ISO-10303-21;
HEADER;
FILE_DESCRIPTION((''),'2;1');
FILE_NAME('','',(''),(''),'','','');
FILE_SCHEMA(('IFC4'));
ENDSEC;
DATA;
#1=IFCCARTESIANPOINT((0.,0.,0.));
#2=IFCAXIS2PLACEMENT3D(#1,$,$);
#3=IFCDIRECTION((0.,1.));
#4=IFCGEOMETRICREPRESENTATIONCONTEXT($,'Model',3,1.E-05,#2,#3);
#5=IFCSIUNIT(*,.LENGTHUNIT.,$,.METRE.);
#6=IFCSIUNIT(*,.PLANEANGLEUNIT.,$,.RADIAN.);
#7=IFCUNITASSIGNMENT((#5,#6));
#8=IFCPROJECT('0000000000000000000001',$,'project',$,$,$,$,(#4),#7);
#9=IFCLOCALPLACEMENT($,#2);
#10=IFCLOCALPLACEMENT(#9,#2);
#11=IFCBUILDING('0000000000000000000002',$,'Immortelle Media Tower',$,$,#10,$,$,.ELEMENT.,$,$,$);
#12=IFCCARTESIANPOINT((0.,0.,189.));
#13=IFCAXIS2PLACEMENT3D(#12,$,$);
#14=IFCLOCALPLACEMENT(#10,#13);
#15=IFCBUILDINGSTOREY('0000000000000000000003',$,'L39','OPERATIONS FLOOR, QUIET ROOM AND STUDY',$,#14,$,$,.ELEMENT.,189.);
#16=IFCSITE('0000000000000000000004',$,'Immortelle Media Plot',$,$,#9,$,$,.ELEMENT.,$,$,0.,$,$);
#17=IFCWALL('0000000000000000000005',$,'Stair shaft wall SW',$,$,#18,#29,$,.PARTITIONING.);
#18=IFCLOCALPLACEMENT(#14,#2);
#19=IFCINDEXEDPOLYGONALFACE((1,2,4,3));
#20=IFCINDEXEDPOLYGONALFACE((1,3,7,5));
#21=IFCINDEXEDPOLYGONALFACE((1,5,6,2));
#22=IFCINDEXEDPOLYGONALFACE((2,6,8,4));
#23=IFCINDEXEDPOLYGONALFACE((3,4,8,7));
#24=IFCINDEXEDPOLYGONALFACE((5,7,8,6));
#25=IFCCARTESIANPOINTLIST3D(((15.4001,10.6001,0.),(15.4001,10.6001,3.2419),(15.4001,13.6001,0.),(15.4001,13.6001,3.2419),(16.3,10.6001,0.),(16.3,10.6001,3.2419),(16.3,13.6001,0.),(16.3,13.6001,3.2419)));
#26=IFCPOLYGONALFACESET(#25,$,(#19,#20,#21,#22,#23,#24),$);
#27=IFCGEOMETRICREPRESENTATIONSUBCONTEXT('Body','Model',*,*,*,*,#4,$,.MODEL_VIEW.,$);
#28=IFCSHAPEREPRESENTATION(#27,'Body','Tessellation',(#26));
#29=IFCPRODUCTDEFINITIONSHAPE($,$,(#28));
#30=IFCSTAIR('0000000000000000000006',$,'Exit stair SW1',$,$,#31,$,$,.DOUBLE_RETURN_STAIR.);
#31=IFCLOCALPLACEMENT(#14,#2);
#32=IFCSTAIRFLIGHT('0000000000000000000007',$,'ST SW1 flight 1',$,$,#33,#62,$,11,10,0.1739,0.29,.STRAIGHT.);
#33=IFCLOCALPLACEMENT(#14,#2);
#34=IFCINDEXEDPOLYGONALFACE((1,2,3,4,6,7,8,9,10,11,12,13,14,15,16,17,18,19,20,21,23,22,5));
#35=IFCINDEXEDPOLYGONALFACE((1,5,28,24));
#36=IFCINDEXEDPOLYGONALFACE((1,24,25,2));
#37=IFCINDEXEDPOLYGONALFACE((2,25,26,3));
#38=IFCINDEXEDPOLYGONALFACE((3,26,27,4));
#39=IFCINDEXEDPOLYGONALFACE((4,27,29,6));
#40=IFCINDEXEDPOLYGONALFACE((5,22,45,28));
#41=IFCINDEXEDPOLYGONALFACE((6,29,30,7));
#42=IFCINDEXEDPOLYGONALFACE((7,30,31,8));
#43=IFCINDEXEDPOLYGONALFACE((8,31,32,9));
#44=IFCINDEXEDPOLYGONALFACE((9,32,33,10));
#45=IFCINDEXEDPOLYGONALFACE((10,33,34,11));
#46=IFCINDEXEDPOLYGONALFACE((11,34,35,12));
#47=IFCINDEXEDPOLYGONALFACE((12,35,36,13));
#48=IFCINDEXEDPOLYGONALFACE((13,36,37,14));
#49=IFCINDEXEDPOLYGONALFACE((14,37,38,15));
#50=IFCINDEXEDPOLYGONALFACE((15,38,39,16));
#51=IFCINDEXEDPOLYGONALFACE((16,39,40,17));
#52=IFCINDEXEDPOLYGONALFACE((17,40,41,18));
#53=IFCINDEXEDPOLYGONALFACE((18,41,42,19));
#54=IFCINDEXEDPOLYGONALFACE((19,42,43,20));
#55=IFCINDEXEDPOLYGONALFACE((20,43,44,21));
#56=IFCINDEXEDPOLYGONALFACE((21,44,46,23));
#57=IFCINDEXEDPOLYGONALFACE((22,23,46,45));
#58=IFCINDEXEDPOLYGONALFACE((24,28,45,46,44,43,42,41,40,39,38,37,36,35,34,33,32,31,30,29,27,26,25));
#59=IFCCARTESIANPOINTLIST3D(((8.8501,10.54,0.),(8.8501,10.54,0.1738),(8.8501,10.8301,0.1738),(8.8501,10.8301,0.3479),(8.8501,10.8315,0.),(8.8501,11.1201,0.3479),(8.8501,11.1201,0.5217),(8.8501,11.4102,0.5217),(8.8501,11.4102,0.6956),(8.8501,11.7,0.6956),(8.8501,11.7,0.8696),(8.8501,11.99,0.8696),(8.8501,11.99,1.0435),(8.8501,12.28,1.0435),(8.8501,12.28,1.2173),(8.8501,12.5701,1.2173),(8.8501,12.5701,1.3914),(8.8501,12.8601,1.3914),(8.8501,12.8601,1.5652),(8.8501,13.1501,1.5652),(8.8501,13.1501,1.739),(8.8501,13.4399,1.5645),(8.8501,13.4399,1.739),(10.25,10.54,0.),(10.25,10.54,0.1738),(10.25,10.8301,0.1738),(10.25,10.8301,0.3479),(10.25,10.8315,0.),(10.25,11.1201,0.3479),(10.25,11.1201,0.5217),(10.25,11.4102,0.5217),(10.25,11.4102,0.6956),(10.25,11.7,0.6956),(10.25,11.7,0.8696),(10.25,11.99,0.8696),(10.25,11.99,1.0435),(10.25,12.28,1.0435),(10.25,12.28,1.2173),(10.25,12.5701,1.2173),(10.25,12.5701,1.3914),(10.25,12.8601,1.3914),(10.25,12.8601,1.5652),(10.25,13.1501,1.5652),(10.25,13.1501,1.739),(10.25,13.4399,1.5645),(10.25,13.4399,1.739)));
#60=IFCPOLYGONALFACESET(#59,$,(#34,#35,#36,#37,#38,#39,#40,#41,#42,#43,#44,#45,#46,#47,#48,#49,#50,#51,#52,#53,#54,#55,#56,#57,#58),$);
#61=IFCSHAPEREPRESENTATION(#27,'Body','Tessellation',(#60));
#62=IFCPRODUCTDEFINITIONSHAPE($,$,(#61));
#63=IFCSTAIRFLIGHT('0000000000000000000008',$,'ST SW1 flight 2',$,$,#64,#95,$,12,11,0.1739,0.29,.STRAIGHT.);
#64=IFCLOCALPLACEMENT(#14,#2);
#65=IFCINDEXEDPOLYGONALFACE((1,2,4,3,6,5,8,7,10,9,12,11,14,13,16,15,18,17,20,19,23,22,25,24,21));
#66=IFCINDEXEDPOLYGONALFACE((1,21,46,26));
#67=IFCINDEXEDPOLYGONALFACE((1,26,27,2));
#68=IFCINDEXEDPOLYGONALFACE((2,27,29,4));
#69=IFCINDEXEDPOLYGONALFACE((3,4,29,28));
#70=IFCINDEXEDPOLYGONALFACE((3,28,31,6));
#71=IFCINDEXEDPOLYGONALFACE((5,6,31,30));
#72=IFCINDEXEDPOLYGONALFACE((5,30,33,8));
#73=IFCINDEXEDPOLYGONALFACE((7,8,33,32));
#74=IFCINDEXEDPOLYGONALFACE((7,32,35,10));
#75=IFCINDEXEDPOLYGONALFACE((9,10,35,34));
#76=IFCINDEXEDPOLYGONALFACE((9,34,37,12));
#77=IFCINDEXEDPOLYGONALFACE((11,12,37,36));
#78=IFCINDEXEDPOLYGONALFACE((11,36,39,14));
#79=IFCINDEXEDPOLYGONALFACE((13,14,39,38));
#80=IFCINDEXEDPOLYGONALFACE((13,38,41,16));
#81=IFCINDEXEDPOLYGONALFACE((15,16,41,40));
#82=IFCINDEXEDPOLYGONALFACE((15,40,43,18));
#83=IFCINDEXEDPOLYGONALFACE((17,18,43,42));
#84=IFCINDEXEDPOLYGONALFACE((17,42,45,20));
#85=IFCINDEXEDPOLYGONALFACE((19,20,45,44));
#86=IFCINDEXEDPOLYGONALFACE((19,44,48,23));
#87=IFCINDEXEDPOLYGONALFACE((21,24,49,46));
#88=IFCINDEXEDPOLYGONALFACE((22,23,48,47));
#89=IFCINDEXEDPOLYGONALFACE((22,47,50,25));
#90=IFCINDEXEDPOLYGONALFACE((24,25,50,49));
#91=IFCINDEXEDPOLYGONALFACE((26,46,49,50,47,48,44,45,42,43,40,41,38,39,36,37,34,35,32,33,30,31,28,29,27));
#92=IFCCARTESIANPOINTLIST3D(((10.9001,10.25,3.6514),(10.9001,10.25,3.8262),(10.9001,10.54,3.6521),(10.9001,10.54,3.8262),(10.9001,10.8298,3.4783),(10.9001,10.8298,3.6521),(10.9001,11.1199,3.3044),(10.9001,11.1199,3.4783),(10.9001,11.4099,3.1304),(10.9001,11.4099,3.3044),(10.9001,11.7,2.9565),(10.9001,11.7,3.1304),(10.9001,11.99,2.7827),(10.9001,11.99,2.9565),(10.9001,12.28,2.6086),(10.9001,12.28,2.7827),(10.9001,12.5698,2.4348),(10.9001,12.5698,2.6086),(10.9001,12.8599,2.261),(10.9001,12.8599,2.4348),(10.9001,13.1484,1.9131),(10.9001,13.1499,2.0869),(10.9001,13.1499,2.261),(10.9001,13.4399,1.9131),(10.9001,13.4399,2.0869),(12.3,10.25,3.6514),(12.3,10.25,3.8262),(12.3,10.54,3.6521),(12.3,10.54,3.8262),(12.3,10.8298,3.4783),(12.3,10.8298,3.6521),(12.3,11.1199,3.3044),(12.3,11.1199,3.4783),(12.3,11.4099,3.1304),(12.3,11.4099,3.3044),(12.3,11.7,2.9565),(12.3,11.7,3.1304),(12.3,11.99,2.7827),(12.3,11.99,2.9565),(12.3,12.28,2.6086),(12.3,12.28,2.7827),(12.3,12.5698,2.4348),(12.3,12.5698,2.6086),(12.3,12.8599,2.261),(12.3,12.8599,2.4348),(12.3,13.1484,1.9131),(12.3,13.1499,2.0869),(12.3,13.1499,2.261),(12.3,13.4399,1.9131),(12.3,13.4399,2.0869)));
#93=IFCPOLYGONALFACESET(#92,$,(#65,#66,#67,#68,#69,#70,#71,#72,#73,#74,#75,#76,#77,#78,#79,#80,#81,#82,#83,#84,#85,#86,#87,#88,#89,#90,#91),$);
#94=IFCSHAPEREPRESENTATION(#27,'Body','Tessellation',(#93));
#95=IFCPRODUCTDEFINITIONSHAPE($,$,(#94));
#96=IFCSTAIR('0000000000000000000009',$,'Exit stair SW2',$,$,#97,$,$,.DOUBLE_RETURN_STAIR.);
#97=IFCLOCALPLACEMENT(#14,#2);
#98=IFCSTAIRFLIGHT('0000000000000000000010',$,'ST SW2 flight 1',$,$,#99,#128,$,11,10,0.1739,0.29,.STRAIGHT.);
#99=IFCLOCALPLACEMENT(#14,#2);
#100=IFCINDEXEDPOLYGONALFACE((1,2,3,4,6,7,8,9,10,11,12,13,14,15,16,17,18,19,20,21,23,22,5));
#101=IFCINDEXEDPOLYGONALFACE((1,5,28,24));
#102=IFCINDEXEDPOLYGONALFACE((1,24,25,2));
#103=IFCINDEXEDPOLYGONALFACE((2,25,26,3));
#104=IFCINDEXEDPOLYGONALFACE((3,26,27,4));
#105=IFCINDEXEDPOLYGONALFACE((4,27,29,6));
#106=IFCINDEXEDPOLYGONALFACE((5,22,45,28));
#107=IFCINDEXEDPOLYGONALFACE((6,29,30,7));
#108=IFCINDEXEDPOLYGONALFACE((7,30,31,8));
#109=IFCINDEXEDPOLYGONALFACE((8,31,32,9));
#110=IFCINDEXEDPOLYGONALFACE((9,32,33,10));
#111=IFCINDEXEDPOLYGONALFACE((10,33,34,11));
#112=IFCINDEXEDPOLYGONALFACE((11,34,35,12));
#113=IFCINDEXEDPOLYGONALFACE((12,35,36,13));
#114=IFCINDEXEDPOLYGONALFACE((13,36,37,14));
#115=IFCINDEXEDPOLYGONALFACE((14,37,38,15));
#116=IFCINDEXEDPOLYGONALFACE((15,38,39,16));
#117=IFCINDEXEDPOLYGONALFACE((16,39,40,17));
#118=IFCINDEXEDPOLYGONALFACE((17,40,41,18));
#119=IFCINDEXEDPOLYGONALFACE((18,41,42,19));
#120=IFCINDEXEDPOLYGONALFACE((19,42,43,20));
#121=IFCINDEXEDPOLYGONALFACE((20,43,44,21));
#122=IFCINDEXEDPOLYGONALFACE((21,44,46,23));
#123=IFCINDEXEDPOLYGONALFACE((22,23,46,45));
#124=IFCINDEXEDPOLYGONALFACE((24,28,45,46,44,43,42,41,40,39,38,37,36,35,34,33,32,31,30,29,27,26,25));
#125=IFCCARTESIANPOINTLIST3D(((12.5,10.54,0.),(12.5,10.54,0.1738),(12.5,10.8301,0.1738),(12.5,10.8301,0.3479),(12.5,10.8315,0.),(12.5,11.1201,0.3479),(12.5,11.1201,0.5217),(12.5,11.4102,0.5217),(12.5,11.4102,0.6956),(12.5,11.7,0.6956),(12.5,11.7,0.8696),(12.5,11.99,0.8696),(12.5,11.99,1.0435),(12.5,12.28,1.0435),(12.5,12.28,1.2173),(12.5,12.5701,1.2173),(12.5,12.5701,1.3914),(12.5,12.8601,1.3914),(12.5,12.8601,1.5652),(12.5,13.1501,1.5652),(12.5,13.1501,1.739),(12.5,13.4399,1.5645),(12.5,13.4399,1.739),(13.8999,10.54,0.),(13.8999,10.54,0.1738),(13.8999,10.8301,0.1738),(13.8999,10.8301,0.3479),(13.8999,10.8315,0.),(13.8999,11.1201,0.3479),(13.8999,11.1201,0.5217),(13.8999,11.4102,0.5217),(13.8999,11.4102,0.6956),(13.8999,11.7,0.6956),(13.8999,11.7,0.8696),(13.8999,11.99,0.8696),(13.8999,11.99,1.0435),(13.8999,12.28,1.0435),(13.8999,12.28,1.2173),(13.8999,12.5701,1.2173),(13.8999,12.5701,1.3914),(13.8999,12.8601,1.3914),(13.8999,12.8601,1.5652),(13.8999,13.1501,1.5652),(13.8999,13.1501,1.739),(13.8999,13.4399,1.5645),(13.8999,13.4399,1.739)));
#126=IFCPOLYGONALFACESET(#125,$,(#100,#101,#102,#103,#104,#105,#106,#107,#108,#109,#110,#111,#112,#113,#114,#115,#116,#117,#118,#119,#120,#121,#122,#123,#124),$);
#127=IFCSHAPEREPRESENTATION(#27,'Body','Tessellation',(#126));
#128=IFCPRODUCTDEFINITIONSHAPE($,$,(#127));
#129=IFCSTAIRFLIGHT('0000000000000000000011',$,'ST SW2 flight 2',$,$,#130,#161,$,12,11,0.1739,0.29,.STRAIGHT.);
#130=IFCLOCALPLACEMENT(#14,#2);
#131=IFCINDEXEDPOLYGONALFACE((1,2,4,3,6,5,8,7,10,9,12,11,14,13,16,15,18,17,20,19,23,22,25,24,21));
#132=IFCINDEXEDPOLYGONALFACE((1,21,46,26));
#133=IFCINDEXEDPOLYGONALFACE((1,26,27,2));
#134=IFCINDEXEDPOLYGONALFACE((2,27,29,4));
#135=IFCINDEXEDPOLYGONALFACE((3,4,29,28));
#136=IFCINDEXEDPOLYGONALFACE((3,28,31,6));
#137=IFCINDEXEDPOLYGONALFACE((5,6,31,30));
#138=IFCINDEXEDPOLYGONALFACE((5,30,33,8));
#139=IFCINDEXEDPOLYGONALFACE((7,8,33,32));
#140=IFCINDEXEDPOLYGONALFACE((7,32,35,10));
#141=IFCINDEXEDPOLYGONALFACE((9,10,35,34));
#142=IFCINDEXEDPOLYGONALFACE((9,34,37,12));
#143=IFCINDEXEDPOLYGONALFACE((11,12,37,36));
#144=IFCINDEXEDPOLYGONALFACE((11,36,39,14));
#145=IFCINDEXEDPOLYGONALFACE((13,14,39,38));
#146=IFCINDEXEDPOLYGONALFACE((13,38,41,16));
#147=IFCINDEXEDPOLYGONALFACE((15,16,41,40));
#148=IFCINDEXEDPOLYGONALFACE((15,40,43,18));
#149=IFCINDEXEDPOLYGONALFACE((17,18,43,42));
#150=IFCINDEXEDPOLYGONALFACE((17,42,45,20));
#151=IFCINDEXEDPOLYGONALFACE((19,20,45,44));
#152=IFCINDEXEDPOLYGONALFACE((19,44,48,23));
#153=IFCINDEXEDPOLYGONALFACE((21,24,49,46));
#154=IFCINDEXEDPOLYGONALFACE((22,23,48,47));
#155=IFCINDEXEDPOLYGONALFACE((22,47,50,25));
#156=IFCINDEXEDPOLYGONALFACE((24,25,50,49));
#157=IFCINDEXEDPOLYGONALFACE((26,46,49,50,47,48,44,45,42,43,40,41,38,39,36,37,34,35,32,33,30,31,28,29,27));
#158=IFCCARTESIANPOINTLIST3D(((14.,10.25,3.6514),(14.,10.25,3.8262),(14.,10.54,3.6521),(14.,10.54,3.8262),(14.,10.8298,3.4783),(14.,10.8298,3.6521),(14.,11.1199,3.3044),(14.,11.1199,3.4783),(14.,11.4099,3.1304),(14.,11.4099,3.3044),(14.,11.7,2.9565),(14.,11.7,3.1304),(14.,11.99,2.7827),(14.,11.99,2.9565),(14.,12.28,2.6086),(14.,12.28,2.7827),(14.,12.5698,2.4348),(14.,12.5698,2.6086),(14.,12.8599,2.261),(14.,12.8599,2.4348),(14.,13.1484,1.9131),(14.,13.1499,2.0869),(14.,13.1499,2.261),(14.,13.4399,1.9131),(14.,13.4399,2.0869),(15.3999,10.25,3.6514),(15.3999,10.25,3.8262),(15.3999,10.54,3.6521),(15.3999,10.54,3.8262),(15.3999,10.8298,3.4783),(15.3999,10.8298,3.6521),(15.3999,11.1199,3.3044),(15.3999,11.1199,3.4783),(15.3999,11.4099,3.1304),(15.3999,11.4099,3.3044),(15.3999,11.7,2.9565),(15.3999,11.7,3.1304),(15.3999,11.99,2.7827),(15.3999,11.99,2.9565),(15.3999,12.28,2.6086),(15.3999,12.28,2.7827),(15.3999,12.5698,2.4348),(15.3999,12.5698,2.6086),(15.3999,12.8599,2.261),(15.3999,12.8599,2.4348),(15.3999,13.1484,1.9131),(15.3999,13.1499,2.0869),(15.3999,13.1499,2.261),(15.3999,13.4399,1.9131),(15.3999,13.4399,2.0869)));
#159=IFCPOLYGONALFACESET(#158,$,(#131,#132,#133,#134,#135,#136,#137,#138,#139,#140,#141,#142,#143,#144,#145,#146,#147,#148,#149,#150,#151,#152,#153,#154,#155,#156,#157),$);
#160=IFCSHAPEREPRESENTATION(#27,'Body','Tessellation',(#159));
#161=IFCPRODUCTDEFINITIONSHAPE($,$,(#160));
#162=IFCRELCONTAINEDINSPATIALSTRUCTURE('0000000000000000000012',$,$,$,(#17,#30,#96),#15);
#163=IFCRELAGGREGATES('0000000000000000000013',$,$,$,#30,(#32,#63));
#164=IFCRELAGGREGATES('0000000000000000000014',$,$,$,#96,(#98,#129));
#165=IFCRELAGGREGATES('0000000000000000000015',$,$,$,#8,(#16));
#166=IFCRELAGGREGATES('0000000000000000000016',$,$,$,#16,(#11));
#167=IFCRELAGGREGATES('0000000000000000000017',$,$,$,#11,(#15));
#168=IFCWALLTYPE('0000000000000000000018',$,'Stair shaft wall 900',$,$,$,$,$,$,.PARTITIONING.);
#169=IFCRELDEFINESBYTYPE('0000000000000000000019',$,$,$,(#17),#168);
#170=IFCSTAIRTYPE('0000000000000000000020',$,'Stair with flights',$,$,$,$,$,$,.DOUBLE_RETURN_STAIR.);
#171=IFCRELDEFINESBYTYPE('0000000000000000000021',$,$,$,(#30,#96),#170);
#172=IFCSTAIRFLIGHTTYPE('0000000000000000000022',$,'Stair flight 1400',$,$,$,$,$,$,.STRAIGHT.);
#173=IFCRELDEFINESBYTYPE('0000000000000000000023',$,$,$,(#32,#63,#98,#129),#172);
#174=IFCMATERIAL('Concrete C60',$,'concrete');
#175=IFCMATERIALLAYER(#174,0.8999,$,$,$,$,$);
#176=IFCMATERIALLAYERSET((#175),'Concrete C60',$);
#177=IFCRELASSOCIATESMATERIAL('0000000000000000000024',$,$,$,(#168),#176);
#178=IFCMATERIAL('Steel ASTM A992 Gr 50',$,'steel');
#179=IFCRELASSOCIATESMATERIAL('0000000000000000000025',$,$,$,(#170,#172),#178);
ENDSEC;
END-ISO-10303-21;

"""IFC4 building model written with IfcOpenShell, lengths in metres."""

from ifc_helpers import new_model, si_unit, direction, frame, frame_2d, origin, place, context, subcontext, project, spatial, polyline, rectangle, outline, extrude, material, layer, layer_set, type_object, element, aggregate, save


model = new_model("IFC4")

# Units and contexts
model_context = context("Model", 3, precision=1e-05, world=origin(), true_north=direction((0.0, 1.0)))
body_context = subcontext(model_context, "Body", "Model", "MODEL_VIEW")
ifc_project = project(units=[si_unit("LENGTHUNIT", "METRE"), si_unit("PLANEANGLEUNIT", "RADIAN")], contexts=[model_context])

# Site, building, storey
site_placement = place(None, origin())
site = spatial("IfcSite", under=ifc_project, at=site_placement, Name="Immortelle Media Plot", CompositionType="ELEMENT", RefElevation=0.0)
building_placement = place(site_placement, origin())
building = spatial("IfcBuilding", under=site, at=building_placement, Name="Immortelle Media Tower", CompositionType="ELEMENT")
storey_placement = place(building_placement, frame((0.0, 0.0, 189.0)))
storey = spatial("IfcBuildingStorey", under=building, at=storey_placement, Name="L39", Description="OPERATIONS FLOOR, QUIET ROOM AND STUDY", CompositionType="ELEMENT", Elevation=189.0)

# Shared definitions
ifc_material_1 = material(Name="Steel ASTM A992 Gr 50", Category="steel")

# Shared definitions
ifc_material_2 = material(Name="Concrete C60", Category="concrete")

# Shared definitions
ifc_layer_1 = layer(ifc_material_2, 0.8999)
ifc_layer_set_1 = layer_set([ifc_layer_1], Name="Concrete C60")
wall_type_1 = type_object("IfcWallType", Name="Stair shaft wall 900", PredefinedType="PARTITIONING", material=ifc_layer_set_1)

# Wall
wall_1_placement = place(storey_placement, frame((15.8501, 10.6001, 0.0), z_axis=(0.0, 0.0, 1.0), x_axis=(0.0, 1.0, 0.0)))
element("IfcWall", 1, at=wall_1_placement, inside=storey, type_object=wall_type_1, Name="Stair shaft wall SW", PredefinedType="PARTITIONING", context=body_context, shape_type="SweptSolid", body=[
    extrude(rectangle(XDim=3.0, YDim=0.8999, at=frame_2d((1.5, 0.0))), origin(), (0.0, 0.0, 1.0), 3.2419),
])

# Stairs, stair flights
stair_type = type_object("IfcStairType", Name="Stair with flights", PredefinedType="DOUBLE_RETURN_STAIR", material=ifc_material_1)
stair_1_placement = place(storey_placement, origin())
stair_1 = element("IfcStair", 2, at=stair_1_placement, inside=storey, type_object=stair_type, Name="Exit stair SW1", PredefinedType="DOUBLE_RETURN_STAIR")
stair_flight_type = type_object("IfcStairFlightType", Name="Stair flight 1400", PredefinedType="STRAIGHT", material=ifc_material_1)
stair_flight_1_placement = place(storey_placement, frame((9.55, 10.54, 0.0), z_axis=(0.0, 0.0, 1.0), x_axis=(0.0, 1.0, 0.0)))
stair_flight_1 = element("IfcStairFlight", 3, at=stair_flight_1_placement, type_object=stair_flight_type, Name="ST SW1 flight 1", NumberOfRisers=11, NumberOfTreads=10, PredefinedType="STRAIGHT", RiserHeight=0.1739, TreadLength=0.29, context=body_context, shape_type="SweptSolid", body=[
    extrude(outline(polyline([(0.0, 0.0), (0.0, 0.1738), (0.29, 0.1738), (0.29, 0.3479), (0.5801, 0.3479), (0.5801, 0.5217), (0.8701, 0.5217), (0.8701, 0.6956), (1.1599, 0.6956), (1.1599, 0.8696), (1.45, 0.8696), (1.45, 1.0435), (1.74, 1.0435), (1.74, 1.2173), (2.03, 1.2173), (2.03, 1.3914), (2.3201, 1.3914), (2.3201, 1.5652), (2.6101, 1.5652), (2.6101, 1.739), (2.8999, 1.739), (2.8999, 1.9131), (2.8999, 1.5645), (0.2915, 0.0), (0.0, 0.0)])), frame((0.0, 0.7, 0.0), z_axis=(0.0, -1.0, 0.0), x_axis=(1.0, 0.0, 0.0)), (0.0, 0.0, 1.0), 1.3999),
])
stair_flight_2_placement = place(storey_placement, frame((11.6001, 13.4399, 1.9131), z_axis=(0.0, 0.0, 1.0), x_axis=(0.0, -1.0, 0.0)))
stair_flight_2 = element("IfcStairFlight", 4, at=stair_flight_2_placement, type_object=stair_flight_type, Name="ST SW1 flight 2", NumberOfRisers=12, NumberOfTreads=11, PredefinedType="STRAIGHT", RiserHeight=0.1739, TreadLength=0.29, context=body_context, shape_type="SweptSolid", body=[
    extrude(outline(polyline([(0.0, 0.0), (0.0, 0.1738), (0.29, 0.1738), (0.29, 0.3479), (0.5801, 0.3479), (0.5801, 0.5217), (0.8701, 0.5217), (0.8701, 0.6956), (1.1599, 0.6956), (1.1599, 0.8696), (1.45, 0.8696), (1.45, 1.0435), (1.74, 1.0435), (1.74, 1.2173), (2.03, 1.2173), (2.03, 1.3914), (2.3201, 1.3914), (2.3201, 1.5652), (2.6101, 1.5652), (2.6101, 1.739), (2.8999, 1.739), (2.8999, 1.9131), (3.1899, 1.9131), (3.1899, 2.0869), (3.1899, 1.7383), (0.2915, 0.0), (0.0, 0.0)])), frame((0.0, 0.7, 0.0), z_axis=(0.0, -1.0, 0.0), x_axis=(1.0, 0.0, 0.0)), (0.0, 0.0, 1.0), 1.3999),
])
aggregate(stair_1, [stair_flight_1, stair_flight_2])
stair_2_placement = place(storey_placement, origin())
stair_2 = element("IfcStair", 5, at=stair_2_placement, inside=storey, type_object=stair_type, Name="Exit stair SW2", PredefinedType="DOUBLE_RETURN_STAIR")
stair_flight_3_placement = place(storey_placement, frame((13.2, 10.54, 0.0), z_axis=(0.0, 0.0, 1.0), x_axis=(0.0, 1.0, 0.0)))
stair_flight_3 = element("IfcStairFlight", 6, at=stair_flight_3_placement, type_object=stair_flight_type, Name="ST SW2 flight 1", NumberOfRisers=11, NumberOfTreads=10, PredefinedType="STRAIGHT", RiserHeight=0.1739, TreadLength=0.29, context=body_context, shape_type="SweptSolid", body=[
    extrude(outline(polyline([(0.0, 0.0), (0.0, 0.1738), (0.29, 0.1738), (0.29, 0.3479), (0.5801, 0.3479), (0.5801, 0.5217), (0.8701, 0.5217), (0.8701, 0.6956), (1.1599, 0.6956), (1.1599, 0.8696), (1.45, 0.8696), (1.45, 1.0435), (1.74, 1.0435), (1.74, 1.2173), (2.03, 1.2173), (2.03, 1.3914), (2.3201, 1.3914), (2.3201, 1.5652), (2.6101, 1.5652), (2.6101, 1.739), (2.8999, 1.739), (2.8999, 1.9131), (2.8999, 1.5645), (0.2915, 0.0), (0.0, 0.0)])), frame((0.0, 0.7, 0.0), z_axis=(0.0, -1.0, 0.0), x_axis=(1.0, 0.0, 0.0)), (0.0, 0.0, 1.0), 1.3999),
])
stair_flight_4_placement = place(storey_placement, frame((14.7, 13.4399, 1.9131), z_axis=(0.0, 0.0, 1.0), x_axis=(0.0, -1.0, 0.0)))
stair_flight_4 = element("IfcStairFlight", 7, at=stair_flight_4_placement, type_object=stair_flight_type, Name="ST SW2 flight 2", NumberOfRisers=12, NumberOfTreads=11, PredefinedType="STRAIGHT", RiserHeight=0.1739, TreadLength=0.29, context=body_context, shape_type="SweptSolid", body=[
    extrude(outline(polyline([(0.0, 0.0), (0.0, 0.1738), (0.29, 0.1738), (0.29, 0.3479), (0.5801, 0.3479), (0.5801, 0.5217), (0.8701, 0.5217), (0.8701, 0.6956), (1.1599, 0.6956), (1.1599, 0.8696), (1.45, 0.8696), (1.45, 1.0435), (1.74, 1.0435), (1.74, 1.2173), (2.03, 1.2173), (2.03, 1.3914), (2.3201, 1.3914), (2.3201, 1.5652), (2.6101, 1.5652), (2.6101, 1.739), (2.8999, 1.739), (2.8999, 1.9131), (3.1899, 1.9131), (3.1899, 2.0869), (3.1899, 1.7383), (0.2915, 0.0), (0.0, 0.0)])), frame((0.0, 0.7, 0.0), z_axis=(0.0, -1.0, 0.0), x_axis=(1.0, 0.0, 0.0)), (0.0, 0.0, 1.0), 1.3999),
])
aggregate(stair_2, [stair_flight_3, stair_flight_4])

save(model, "model.ifc")
